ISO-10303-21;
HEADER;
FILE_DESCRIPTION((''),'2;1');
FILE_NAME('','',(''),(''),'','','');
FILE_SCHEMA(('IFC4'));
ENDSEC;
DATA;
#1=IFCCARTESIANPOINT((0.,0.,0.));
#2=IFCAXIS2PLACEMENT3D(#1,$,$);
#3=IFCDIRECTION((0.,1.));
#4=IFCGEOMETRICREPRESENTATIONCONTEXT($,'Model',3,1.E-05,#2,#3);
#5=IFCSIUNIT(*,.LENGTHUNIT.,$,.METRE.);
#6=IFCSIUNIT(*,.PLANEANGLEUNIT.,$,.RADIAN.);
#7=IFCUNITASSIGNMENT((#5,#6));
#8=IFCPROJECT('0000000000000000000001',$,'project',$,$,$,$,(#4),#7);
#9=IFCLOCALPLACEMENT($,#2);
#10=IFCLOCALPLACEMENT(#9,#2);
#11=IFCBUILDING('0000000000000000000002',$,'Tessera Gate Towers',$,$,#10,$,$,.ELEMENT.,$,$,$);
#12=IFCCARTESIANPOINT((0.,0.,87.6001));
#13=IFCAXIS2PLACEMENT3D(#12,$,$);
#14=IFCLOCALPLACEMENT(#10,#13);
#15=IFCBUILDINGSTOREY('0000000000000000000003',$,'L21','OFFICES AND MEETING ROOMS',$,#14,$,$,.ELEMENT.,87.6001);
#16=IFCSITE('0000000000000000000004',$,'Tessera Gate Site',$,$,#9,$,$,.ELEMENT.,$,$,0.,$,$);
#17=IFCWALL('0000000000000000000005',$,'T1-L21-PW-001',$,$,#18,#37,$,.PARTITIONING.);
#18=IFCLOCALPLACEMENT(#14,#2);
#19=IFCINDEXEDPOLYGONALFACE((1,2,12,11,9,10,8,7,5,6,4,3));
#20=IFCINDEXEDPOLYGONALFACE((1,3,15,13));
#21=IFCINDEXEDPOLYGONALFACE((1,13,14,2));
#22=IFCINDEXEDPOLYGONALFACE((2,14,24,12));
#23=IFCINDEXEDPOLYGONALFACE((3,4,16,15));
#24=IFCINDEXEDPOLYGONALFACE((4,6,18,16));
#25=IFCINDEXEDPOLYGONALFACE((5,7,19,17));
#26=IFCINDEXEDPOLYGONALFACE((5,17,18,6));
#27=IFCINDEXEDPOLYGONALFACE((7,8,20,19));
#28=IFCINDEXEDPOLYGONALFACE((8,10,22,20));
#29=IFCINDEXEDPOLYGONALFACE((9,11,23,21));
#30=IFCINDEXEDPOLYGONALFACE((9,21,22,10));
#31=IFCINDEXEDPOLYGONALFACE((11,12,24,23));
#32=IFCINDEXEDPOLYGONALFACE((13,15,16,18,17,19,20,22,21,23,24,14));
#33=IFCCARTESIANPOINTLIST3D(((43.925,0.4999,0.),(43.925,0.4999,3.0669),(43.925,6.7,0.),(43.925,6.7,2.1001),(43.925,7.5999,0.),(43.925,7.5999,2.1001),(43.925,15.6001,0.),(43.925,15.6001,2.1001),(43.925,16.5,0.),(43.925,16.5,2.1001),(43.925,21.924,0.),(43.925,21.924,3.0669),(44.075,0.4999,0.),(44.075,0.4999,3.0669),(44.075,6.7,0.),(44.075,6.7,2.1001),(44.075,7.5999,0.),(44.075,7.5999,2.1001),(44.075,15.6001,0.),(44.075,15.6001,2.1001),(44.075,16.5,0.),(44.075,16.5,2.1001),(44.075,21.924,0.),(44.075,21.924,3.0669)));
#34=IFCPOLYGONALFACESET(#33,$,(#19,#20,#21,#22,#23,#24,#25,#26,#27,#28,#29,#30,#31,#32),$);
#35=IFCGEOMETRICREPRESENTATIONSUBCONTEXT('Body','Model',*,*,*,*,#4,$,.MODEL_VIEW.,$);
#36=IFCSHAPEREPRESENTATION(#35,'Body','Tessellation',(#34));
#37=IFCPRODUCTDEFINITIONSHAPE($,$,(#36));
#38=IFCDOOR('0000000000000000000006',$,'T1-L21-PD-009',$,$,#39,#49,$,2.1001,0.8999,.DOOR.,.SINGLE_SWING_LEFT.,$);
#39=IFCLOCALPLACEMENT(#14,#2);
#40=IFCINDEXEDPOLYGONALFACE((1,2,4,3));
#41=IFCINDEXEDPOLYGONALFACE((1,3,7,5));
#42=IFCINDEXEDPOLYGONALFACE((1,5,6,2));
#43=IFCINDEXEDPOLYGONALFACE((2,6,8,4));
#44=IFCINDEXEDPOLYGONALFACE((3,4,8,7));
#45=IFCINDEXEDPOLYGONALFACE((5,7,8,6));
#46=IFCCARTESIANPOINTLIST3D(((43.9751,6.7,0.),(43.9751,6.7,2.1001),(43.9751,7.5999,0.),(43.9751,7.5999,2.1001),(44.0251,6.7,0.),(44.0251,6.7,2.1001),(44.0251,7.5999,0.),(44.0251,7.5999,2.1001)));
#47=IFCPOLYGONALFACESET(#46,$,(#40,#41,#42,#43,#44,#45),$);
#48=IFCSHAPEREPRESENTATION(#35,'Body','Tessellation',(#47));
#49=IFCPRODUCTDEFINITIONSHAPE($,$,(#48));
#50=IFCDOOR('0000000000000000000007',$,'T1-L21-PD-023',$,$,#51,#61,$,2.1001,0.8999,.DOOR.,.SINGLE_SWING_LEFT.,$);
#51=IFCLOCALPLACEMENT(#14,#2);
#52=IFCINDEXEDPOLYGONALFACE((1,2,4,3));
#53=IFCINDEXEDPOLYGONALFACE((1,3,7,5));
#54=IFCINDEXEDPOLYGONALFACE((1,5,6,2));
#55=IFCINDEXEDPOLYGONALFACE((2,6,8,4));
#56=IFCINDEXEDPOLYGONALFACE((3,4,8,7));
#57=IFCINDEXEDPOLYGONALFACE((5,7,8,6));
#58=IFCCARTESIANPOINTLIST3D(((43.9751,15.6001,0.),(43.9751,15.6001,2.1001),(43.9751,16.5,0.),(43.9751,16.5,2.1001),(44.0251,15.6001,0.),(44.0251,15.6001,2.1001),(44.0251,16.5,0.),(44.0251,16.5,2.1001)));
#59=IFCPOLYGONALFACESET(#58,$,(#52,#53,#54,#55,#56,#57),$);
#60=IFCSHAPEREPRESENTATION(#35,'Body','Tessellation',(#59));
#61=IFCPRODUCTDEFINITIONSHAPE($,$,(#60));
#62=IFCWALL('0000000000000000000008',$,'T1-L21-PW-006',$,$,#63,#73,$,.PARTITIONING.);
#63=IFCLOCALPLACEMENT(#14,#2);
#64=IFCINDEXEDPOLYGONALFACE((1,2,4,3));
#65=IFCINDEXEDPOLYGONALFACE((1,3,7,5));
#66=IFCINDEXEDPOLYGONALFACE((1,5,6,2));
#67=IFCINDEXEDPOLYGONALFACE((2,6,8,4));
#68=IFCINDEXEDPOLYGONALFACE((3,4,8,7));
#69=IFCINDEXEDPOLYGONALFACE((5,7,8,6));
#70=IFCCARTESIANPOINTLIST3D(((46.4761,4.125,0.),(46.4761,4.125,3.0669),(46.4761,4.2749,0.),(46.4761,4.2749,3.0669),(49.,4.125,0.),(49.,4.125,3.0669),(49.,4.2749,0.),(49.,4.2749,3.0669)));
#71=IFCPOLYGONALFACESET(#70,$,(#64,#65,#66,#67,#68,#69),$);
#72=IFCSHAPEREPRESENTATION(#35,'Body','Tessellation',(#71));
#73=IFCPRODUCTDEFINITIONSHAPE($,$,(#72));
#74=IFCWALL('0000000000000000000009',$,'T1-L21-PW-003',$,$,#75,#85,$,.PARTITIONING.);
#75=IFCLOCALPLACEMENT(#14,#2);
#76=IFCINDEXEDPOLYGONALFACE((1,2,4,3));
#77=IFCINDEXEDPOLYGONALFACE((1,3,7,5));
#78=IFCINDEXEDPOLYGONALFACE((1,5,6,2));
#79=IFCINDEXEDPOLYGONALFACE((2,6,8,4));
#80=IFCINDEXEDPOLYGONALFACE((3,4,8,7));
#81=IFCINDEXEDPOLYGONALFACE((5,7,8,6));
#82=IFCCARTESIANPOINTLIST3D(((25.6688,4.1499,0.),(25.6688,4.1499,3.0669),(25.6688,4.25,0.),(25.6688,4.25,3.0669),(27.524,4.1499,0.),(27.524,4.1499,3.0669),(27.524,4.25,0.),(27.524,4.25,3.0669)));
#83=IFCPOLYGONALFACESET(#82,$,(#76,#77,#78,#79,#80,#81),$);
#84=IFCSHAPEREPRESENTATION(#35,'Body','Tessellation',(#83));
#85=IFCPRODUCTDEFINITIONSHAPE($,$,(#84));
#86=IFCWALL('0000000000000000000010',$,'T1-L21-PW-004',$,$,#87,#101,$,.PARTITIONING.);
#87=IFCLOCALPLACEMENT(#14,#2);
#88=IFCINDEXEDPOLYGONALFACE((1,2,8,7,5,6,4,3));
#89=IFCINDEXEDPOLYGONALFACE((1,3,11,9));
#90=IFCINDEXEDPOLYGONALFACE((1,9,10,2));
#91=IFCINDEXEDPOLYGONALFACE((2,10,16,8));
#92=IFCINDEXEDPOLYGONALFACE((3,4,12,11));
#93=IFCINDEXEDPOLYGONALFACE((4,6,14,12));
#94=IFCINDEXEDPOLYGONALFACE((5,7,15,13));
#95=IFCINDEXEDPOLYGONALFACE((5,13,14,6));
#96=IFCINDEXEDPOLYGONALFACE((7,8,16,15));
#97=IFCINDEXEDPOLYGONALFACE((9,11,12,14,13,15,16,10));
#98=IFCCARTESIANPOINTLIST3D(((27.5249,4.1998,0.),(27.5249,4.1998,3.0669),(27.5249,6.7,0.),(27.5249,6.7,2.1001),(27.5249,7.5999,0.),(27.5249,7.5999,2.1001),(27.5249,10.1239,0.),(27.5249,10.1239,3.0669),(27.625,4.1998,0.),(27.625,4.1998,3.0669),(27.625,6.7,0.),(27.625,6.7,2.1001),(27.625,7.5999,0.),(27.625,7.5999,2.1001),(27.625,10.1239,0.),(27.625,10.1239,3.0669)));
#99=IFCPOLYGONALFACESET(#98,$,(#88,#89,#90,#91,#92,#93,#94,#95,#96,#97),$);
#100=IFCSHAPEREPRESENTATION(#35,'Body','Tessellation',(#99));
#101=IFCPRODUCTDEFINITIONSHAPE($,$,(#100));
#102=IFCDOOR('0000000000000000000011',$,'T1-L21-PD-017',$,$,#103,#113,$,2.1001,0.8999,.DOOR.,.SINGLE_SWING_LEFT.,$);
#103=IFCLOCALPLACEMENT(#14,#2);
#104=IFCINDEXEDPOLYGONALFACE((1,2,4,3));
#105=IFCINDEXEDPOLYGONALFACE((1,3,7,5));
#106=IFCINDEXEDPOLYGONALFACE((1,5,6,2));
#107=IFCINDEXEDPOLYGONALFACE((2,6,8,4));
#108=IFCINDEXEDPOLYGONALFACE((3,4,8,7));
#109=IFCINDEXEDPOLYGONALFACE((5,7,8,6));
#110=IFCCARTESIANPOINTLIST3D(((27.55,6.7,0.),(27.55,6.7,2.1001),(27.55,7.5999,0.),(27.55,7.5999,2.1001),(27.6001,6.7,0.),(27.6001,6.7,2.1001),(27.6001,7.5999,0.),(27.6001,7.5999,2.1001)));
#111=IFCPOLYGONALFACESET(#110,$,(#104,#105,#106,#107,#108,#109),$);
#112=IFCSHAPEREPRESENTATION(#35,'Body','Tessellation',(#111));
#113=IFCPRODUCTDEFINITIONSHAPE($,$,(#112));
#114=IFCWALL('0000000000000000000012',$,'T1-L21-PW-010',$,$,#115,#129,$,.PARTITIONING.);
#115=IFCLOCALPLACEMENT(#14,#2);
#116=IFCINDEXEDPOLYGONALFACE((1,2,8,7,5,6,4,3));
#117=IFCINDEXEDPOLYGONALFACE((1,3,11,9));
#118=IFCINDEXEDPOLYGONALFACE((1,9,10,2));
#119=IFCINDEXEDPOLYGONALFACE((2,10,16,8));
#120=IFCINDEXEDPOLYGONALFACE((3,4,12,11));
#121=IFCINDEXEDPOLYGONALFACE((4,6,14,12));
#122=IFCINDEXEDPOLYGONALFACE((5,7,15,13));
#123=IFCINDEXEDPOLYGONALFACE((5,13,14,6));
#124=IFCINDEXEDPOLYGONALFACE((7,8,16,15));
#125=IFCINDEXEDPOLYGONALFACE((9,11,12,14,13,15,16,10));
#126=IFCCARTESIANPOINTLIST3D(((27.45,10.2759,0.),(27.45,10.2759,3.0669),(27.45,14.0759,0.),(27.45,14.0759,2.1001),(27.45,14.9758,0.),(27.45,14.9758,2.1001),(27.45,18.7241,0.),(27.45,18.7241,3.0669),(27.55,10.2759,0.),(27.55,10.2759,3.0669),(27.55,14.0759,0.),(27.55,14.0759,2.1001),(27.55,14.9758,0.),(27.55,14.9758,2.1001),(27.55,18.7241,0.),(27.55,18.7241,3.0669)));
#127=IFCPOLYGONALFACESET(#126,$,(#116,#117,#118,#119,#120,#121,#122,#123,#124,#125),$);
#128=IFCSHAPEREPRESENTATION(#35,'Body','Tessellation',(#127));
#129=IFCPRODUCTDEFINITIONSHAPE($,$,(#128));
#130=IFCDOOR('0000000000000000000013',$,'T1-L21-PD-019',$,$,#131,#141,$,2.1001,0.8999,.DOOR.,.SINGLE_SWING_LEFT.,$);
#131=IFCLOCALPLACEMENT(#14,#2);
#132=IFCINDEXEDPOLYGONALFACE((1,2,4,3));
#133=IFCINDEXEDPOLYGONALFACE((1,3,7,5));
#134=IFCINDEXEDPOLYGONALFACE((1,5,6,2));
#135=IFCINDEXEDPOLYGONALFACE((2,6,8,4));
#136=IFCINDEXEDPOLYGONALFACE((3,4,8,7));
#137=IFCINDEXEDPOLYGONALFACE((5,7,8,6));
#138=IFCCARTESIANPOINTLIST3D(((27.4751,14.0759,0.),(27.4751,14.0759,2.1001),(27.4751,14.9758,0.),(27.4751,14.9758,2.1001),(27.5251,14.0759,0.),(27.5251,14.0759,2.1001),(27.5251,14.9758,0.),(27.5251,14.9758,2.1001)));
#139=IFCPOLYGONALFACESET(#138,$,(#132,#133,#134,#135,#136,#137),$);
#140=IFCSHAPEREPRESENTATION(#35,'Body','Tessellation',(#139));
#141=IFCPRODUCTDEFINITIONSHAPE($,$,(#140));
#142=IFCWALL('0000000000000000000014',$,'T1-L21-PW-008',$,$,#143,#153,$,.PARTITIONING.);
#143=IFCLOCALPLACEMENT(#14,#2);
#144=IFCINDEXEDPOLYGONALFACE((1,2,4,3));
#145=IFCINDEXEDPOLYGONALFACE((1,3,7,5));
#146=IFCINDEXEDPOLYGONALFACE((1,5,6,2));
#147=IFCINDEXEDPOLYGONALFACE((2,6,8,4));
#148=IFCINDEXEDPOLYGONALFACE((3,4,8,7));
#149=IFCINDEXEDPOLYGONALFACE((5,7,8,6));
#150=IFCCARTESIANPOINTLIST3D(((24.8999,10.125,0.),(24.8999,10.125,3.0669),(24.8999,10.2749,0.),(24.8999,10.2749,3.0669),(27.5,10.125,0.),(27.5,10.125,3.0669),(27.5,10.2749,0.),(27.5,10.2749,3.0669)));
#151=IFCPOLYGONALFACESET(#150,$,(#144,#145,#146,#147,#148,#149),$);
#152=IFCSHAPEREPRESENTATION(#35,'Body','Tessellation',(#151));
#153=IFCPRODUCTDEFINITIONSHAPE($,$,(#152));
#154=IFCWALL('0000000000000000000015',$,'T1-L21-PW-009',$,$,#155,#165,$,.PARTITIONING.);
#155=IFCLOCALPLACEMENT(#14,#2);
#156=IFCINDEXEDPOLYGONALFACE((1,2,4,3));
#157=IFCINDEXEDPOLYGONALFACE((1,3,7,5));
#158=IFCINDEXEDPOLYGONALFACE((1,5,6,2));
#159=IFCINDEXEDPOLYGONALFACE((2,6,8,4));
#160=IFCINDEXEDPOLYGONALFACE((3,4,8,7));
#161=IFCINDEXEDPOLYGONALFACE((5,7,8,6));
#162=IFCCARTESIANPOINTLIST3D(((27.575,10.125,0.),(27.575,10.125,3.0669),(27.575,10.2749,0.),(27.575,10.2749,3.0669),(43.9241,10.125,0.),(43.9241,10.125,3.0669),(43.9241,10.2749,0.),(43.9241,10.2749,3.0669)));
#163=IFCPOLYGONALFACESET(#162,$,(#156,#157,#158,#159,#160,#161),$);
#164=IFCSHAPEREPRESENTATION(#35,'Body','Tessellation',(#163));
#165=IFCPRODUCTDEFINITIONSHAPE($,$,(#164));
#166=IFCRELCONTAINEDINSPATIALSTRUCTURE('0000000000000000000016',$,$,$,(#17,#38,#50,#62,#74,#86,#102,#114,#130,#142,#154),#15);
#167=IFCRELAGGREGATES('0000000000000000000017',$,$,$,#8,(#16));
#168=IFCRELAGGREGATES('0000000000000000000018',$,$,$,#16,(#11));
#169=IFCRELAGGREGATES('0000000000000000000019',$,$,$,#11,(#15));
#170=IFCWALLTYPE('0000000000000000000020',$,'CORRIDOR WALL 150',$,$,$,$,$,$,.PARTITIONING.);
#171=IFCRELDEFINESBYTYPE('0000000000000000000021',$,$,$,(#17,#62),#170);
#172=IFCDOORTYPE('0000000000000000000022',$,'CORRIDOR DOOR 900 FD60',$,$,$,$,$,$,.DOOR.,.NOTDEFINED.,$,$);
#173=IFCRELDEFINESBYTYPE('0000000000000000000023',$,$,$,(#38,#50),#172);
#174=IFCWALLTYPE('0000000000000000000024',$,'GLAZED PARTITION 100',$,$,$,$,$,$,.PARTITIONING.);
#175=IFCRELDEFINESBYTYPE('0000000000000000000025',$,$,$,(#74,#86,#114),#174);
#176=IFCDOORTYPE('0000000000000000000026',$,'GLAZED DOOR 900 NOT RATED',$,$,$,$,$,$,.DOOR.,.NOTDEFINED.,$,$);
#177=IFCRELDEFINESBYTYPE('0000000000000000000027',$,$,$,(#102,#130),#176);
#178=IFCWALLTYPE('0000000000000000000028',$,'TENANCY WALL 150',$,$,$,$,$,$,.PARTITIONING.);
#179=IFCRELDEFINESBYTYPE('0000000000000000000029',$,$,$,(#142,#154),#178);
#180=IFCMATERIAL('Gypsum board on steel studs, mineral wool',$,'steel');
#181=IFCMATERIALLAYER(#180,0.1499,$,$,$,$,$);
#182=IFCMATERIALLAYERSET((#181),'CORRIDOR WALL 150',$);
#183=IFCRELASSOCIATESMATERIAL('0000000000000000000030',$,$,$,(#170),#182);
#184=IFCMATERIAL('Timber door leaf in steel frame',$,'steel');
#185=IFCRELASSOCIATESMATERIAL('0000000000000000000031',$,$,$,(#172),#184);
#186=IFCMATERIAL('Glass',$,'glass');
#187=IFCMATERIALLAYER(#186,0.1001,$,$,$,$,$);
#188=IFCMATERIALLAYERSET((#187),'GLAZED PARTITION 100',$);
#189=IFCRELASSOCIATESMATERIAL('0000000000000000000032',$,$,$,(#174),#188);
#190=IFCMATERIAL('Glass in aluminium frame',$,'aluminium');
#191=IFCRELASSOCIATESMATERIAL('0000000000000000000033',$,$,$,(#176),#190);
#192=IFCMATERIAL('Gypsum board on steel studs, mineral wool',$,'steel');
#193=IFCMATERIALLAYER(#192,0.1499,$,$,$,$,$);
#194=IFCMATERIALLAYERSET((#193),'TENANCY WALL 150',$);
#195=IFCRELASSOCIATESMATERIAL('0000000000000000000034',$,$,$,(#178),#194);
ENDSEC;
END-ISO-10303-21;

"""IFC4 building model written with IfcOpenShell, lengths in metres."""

from ifc_helpers import new_model, si_unit, direction, frame, frame_2d, origin, place, context, subcontext, project, spatial, rectangle, extrude, source, transform, mapped, material, layer, layer_set, type_object, element, fill, save


model = new_model("IFC4")

# Units and contexts
model_context = context("Model", 3, precision=1e-05, world=origin(), true_north=direction((0.0, 1.0)))
body_context = subcontext(model_context, "Body", "Model", "MODEL_VIEW")
ifc_project = project(units=[si_unit("LENGTHUNIT", "METRE"), si_unit("PLANEANGLEUNIT", "RADIAN")], contexts=[model_context])

# Site, building, storey
site_placement = place(None, origin())
site = spatial("IfcSite", under=ifc_project, at=site_placement, Name="Tessera Gate Site", CompositionType="ELEMENT", RefElevation=0.0)
building_placement = place(site_placement, origin())
building = spatial("IfcBuilding", under=site, at=building_placement, Name="Tessera Gate Towers", CompositionType="ELEMENT")
storey_placement = place(building_placement, frame((0.0, 0.0, 87.6001)))
storey = spatial("IfcBuildingStorey", under=building, at=storey_placement, Name="L21", Description="OFFICES AND MEETING ROOMS", CompositionType="ELEMENT", Elevation=87.6001)

# Wall, openings, doors
ifc_material_1 = material(Name="Gypsum board on steel studs, mineral wool", Category="steel")
ifc_layer_1 = layer(ifc_material_1, 0.1499)
ifc_layer_set_1 = layer_set([ifc_layer_1], Name="CORRIDOR WALL 150")
wall_type_1 = type_object("IfcWallType", Name="CORRIDOR WALL 150", PredefinedType="PARTITIONING", material=ifc_layer_set_1)
wall_1_placement = place(storey_placement, frame((44.0, 0.5, 0.0), z_axis=(0.0, 0.0, 1.0), x_axis=(0.0, 1.0, 0.0)))
wall_1 = element("IfcWall", 1, at=wall_1_placement, inside=storey, type_object=wall_type_1, Name="T1-L21-PW-001", PredefinedType="PARTITIONING", context=body_context, shape_type="SweptSolid", body=[
    extrude(rectangle(XDim=21.4241, YDim=0.1499, at=frame_2d((10.7119, 0.0))), origin(), (0.0, 0.0, 1.0), 3.0669),
])
shared_shape_1 = source(origin(), body_context, "Body", "SweptSolid", [
    extrude(rectangle(XDim=0.8999, YDim=2.1001, at=frame_2d((0.45, 1.05))), frame((0.0, 0.085, 0.0), z_axis=(0.0, -1.0, 0.0), x_axis=(1.0, 0.0, 0.0)), (0.0, 0.0, 1.0), 0.1699),
])
opening_1_placement = place(wall_1_placement, frame((6.2, 0.0, 0.0)))
opening_1 = element("IfcOpeningElement", 2, at=opening_1_placement, cuts=wall_1, PredefinedType="OPENING", context=body_context, shape_type="MappedRepresentation", body=[
    mapped(shared_shape_1, transform((0.0, 0.0, 0.0), scale=1.0)),
])
opening_2_placement = place(wall_1_placement, frame((15.1001, 0.0, 0.0)))
opening_2 = element("IfcOpeningElement", 3, at=opening_2_placement, cuts=wall_1, PredefinedType="OPENING", context=body_context, shape_type="MappedRepresentation", body=[
    mapped(shared_shape_1, transform((0.0, 0.0, 0.0), scale=1.0)),
])
ifc_material_2 = material(Name="Timber door leaf in steel frame", Category="steel")
door_type_1 = type_object("IfcDoorType", Name="CORRIDOR DOOR 900 FD60", OperationType="NOTDEFINED", PredefinedType="DOOR", material=ifc_material_2)
shared_shape_2 = source(origin(), body_context, "Body", "SweptSolid", [
    extrude(rectangle(XDim=0.8999, YDim=2.1001, at=frame_2d((0.45, 1.05))), frame((0.0, 0.0249, 0.0), z_axis=(0.0, -1.0, 0.0), x_axis=(1.0, 0.0, 0.0)), (0.0, 0.0, 1.0), 0.05),
])
door_1_placement = place(opening_1_placement, origin())
door_1 = element("IfcDoor", 4, at=door_1_placement, inside=storey, type_object=door_type_1, Name="T1-L21-PD-009", OperationType="SINGLE_SWING_LEFT", OverallHeight=2.1001, OverallWidth=0.8999, PredefinedType="DOOR", context=body_context, shape_type="MappedRepresentation", body=[
    mapped(shared_shape_2, transform((0.0, 0.0, 0.0), scale=1.0)),
])
fill(opening_1, door_1)
door_2_placement = place(opening_2_placement, origin())
door_2 = element("IfcDoor", 5, at=door_2_placement, inside=storey, type_object=door_type_1, Name="T1-L21-PD-023", OperationType="SINGLE_SWING_LEFT", OverallHeight=2.1001, OverallWidth=0.8999, PredefinedType="DOOR", context=body_context, shape_type="MappedRepresentation", body=[
    mapped(shared_shape_2, transform((0.0, 0.0, 0.0), scale=1.0)),
])
fill(opening_2, door_2)

# Walls
wall_2_placement = place(storey_placement, frame((46.4761, 4.2, 0.0), z_axis=(0.0, 0.0, 1.0), x_axis=(1.0, 0.0, 0.0)))
element("IfcWall", 6, at=wall_2_placement, inside=storey, type_object=wall_type_1, Name="T1-L21-PW-006", PredefinedType="PARTITIONING", context=body_context, shape_type="SweptSolid", body=[
    extrude(rectangle(XDim=2.5239, YDim=0.1499, at=frame_2d((1.262, 0.0))), origin(), (0.0, 0.0, 1.0), 3.0669),
])
ifc_material_3 = material(Name="Glass", Category="glass")
ifc_layer_2 = layer(ifc_material_3, 0.1001)
ifc_layer_set_2 = layer_set([ifc_layer_2], Name="GLAZED PARTITION 100")
wall_type_2 = type_object("IfcWallType", Name="GLAZED PARTITION 100", PredefinedType="PARTITIONING", material=ifc_layer_set_2)
wall_3_placement = place(storey_placement, frame((25.6687, 4.2, 0.0), z_axis=(0.0, 0.0, 1.0), x_axis=(1.0, 0.0, 0.0)))
element("IfcWall", 7, at=wall_3_placement, inside=storey, type_object=wall_type_2, Name="T1-L21-PW-003", PredefinedType="PARTITIONING", context=body_context, shape_type="SweptSolid", body=[
    extrude(rectangle(XDim=1.8552, YDim=0.1001, at=frame_2d((0.9277, 0.0))), origin(), (0.0, 0.0, 1.0), 3.0669),
])

# Walls, openings, doors
wall_4_placement = place(storey_placement, frame((27.575, 4.2, 0.0), z_axis=(0.0, 0.0, 1.0), x_axis=(0.0, 1.0, 0.0)))
wall_4 = element("IfcWall", 8, at=wall_4_placement, inside=storey, type_object=wall_type_2, Name="T1-L21-PW-004", PredefinedType="PARTITIONING", context=body_context, shape_type="SweptSolid", body=[
    extrude(rectangle(XDim=5.9241, YDim=0.1001, at=frame_2d((2.9619, 0.0))), origin(), (0.0, 0.0, 1.0), 3.0669),
])
shared_shape_3 = source(origin(), body_context, "Body", "SweptSolid", [
    extrude(rectangle(XDim=0.8999, YDim=2.1001, at=frame_2d((0.45, 1.05))), frame((0.0, 0.0601, 0.0), z_axis=(0.0, -1.0, 0.0), x_axis=(1.0, 0.0, 0.0)), (0.0, 0.0, 1.0), 0.1201),
])
opening_3_placement = place(wall_4_placement, frame((2.5, 0.0, 0.0)))
opening_3 = element("IfcOpeningElement", 9, at=opening_3_placement, cuts=wall_4, PredefinedType="OPENING", context=body_context, shape_type="MappedRepresentation", body=[
    mapped(shared_shape_3, transform((0.0, 0.0, 0.0), scale=1.0)),
])
ifc_material_4 = material(Name="Glass in aluminium frame", Category="aluminium")
door_type_2 = type_object("IfcDoorType", Name="GLAZED DOOR 900 NOT RATED", OperationType="NOTDEFINED", PredefinedType="DOOR", material=ifc_material_4)
door_3_placement = place(opening_3_placement, origin())
door_3 = element("IfcDoor", 10, at=door_3_placement, inside=storey, type_object=door_type_2, Name="T1-L21-PD-017", OperationType="SINGLE_SWING_LEFT", OverallHeight=2.1001, OverallWidth=0.8999, PredefinedType="DOOR", context=body_context, shape_type="MappedRepresentation", body=[
    mapped(shared_shape_2, transform((0.0, 0.0, 0.0), scale=1.0)),
])
fill(opening_3, door_3)
wall_5_placement = place(storey_placement, frame((27.5, 10.2759, 0.0), z_axis=(0.0, 0.0, 1.0), x_axis=(0.0, 1.0, 0.0)))
wall_5 = element("IfcWall", 11, at=wall_5_placement, inside=storey, type_object=wall_type_2, Name="T1-L21-PW-010", PredefinedType="PARTITIONING", context=body_context, shape_type="SweptSolid", body=[
    extrude(rectangle(XDim=8.4482, YDim=0.1001, at=frame_2d((4.2241, 0.0))), origin(), (0.0, 0.0, 1.0), 3.0669),
])
opening_4_placement = place(wall_5_placement, frame((3.8, 0.0, 0.0)))
opening_4 = element("IfcOpeningElement", 12, at=opening_4_placement, cuts=wall_5, PredefinedType="OPENING", context=body_context, shape_type="MappedRepresentation", body=[
    mapped(shared_shape_3, transform((0.0, 0.0, 0.0), scale=1.0)),
])
door_4_placement = place(opening_4_placement, origin())
door_4 = element("IfcDoor", 13, at=door_4_placement, inside=storey, type_object=door_type_2, Name="T1-L21-PD-019", OperationType="SINGLE_SWING_LEFT", OverallHeight=2.1001, OverallWidth=0.8999, PredefinedType="DOOR", context=body_context, shape_type="MappedRepresentation", body=[
    mapped(shared_shape_2, transform((0.0, 0.0, 0.0), scale=1.0)),
])
fill(opening_4, door_4)

# Walls
ifc_material_5 = material(Name="Gypsum board on steel studs, mineral wool", Category="steel")
ifc_layer_3 = layer(ifc_material_5, 0.1499)
ifc_layer_set_3 = layer_set([ifc_layer_3], Name="TENANCY WALL 150")
wall_type_3 = type_object("IfcWallType", Name="TENANCY WALL 150", PredefinedType="PARTITIONING", material=ifc_layer_set_3)
wall_6_placement = place(storey_placement, frame((24.8999, 10.2, 0.0), z_axis=(0.0, 0.0, 1.0), x_axis=(1.0, 0.0, 0.0)))
element("IfcWall", 14, at=wall_6_placement, inside=storey, type_object=wall_type_3, Name="T1-L21-PW-008", PredefinedType="PARTITIONING", context=body_context, shape_type="SweptSolid", body=[
    extrude(rectangle(XDim=2.6001, YDim=0.1499, at=frame_2d((1.3, 0.0))), origin(), (0.0, 0.0, 1.0), 3.0669),
])
wall_7_placement = place(storey_placement, frame((27.575, 10.2, 0.0), z_axis=(0.0, 0.0, 1.0), x_axis=(1.0, 0.0, 0.0)))
element("IfcWall", 15, at=wall_7_placement, inside=storey, type_object=wall_type_3, Name="T1-L21-PW-009", PredefinedType="PARTITIONING", context=body_context, shape_type="SweptSolid", body=[
    extrude(rectangle(XDim=16.3491, YDim=0.1499, at=frame_2d((8.1746, 0.0))), origin(), (0.0, 0.0, 1.0), 3.0669),
])

save(model, "model.ifc")
